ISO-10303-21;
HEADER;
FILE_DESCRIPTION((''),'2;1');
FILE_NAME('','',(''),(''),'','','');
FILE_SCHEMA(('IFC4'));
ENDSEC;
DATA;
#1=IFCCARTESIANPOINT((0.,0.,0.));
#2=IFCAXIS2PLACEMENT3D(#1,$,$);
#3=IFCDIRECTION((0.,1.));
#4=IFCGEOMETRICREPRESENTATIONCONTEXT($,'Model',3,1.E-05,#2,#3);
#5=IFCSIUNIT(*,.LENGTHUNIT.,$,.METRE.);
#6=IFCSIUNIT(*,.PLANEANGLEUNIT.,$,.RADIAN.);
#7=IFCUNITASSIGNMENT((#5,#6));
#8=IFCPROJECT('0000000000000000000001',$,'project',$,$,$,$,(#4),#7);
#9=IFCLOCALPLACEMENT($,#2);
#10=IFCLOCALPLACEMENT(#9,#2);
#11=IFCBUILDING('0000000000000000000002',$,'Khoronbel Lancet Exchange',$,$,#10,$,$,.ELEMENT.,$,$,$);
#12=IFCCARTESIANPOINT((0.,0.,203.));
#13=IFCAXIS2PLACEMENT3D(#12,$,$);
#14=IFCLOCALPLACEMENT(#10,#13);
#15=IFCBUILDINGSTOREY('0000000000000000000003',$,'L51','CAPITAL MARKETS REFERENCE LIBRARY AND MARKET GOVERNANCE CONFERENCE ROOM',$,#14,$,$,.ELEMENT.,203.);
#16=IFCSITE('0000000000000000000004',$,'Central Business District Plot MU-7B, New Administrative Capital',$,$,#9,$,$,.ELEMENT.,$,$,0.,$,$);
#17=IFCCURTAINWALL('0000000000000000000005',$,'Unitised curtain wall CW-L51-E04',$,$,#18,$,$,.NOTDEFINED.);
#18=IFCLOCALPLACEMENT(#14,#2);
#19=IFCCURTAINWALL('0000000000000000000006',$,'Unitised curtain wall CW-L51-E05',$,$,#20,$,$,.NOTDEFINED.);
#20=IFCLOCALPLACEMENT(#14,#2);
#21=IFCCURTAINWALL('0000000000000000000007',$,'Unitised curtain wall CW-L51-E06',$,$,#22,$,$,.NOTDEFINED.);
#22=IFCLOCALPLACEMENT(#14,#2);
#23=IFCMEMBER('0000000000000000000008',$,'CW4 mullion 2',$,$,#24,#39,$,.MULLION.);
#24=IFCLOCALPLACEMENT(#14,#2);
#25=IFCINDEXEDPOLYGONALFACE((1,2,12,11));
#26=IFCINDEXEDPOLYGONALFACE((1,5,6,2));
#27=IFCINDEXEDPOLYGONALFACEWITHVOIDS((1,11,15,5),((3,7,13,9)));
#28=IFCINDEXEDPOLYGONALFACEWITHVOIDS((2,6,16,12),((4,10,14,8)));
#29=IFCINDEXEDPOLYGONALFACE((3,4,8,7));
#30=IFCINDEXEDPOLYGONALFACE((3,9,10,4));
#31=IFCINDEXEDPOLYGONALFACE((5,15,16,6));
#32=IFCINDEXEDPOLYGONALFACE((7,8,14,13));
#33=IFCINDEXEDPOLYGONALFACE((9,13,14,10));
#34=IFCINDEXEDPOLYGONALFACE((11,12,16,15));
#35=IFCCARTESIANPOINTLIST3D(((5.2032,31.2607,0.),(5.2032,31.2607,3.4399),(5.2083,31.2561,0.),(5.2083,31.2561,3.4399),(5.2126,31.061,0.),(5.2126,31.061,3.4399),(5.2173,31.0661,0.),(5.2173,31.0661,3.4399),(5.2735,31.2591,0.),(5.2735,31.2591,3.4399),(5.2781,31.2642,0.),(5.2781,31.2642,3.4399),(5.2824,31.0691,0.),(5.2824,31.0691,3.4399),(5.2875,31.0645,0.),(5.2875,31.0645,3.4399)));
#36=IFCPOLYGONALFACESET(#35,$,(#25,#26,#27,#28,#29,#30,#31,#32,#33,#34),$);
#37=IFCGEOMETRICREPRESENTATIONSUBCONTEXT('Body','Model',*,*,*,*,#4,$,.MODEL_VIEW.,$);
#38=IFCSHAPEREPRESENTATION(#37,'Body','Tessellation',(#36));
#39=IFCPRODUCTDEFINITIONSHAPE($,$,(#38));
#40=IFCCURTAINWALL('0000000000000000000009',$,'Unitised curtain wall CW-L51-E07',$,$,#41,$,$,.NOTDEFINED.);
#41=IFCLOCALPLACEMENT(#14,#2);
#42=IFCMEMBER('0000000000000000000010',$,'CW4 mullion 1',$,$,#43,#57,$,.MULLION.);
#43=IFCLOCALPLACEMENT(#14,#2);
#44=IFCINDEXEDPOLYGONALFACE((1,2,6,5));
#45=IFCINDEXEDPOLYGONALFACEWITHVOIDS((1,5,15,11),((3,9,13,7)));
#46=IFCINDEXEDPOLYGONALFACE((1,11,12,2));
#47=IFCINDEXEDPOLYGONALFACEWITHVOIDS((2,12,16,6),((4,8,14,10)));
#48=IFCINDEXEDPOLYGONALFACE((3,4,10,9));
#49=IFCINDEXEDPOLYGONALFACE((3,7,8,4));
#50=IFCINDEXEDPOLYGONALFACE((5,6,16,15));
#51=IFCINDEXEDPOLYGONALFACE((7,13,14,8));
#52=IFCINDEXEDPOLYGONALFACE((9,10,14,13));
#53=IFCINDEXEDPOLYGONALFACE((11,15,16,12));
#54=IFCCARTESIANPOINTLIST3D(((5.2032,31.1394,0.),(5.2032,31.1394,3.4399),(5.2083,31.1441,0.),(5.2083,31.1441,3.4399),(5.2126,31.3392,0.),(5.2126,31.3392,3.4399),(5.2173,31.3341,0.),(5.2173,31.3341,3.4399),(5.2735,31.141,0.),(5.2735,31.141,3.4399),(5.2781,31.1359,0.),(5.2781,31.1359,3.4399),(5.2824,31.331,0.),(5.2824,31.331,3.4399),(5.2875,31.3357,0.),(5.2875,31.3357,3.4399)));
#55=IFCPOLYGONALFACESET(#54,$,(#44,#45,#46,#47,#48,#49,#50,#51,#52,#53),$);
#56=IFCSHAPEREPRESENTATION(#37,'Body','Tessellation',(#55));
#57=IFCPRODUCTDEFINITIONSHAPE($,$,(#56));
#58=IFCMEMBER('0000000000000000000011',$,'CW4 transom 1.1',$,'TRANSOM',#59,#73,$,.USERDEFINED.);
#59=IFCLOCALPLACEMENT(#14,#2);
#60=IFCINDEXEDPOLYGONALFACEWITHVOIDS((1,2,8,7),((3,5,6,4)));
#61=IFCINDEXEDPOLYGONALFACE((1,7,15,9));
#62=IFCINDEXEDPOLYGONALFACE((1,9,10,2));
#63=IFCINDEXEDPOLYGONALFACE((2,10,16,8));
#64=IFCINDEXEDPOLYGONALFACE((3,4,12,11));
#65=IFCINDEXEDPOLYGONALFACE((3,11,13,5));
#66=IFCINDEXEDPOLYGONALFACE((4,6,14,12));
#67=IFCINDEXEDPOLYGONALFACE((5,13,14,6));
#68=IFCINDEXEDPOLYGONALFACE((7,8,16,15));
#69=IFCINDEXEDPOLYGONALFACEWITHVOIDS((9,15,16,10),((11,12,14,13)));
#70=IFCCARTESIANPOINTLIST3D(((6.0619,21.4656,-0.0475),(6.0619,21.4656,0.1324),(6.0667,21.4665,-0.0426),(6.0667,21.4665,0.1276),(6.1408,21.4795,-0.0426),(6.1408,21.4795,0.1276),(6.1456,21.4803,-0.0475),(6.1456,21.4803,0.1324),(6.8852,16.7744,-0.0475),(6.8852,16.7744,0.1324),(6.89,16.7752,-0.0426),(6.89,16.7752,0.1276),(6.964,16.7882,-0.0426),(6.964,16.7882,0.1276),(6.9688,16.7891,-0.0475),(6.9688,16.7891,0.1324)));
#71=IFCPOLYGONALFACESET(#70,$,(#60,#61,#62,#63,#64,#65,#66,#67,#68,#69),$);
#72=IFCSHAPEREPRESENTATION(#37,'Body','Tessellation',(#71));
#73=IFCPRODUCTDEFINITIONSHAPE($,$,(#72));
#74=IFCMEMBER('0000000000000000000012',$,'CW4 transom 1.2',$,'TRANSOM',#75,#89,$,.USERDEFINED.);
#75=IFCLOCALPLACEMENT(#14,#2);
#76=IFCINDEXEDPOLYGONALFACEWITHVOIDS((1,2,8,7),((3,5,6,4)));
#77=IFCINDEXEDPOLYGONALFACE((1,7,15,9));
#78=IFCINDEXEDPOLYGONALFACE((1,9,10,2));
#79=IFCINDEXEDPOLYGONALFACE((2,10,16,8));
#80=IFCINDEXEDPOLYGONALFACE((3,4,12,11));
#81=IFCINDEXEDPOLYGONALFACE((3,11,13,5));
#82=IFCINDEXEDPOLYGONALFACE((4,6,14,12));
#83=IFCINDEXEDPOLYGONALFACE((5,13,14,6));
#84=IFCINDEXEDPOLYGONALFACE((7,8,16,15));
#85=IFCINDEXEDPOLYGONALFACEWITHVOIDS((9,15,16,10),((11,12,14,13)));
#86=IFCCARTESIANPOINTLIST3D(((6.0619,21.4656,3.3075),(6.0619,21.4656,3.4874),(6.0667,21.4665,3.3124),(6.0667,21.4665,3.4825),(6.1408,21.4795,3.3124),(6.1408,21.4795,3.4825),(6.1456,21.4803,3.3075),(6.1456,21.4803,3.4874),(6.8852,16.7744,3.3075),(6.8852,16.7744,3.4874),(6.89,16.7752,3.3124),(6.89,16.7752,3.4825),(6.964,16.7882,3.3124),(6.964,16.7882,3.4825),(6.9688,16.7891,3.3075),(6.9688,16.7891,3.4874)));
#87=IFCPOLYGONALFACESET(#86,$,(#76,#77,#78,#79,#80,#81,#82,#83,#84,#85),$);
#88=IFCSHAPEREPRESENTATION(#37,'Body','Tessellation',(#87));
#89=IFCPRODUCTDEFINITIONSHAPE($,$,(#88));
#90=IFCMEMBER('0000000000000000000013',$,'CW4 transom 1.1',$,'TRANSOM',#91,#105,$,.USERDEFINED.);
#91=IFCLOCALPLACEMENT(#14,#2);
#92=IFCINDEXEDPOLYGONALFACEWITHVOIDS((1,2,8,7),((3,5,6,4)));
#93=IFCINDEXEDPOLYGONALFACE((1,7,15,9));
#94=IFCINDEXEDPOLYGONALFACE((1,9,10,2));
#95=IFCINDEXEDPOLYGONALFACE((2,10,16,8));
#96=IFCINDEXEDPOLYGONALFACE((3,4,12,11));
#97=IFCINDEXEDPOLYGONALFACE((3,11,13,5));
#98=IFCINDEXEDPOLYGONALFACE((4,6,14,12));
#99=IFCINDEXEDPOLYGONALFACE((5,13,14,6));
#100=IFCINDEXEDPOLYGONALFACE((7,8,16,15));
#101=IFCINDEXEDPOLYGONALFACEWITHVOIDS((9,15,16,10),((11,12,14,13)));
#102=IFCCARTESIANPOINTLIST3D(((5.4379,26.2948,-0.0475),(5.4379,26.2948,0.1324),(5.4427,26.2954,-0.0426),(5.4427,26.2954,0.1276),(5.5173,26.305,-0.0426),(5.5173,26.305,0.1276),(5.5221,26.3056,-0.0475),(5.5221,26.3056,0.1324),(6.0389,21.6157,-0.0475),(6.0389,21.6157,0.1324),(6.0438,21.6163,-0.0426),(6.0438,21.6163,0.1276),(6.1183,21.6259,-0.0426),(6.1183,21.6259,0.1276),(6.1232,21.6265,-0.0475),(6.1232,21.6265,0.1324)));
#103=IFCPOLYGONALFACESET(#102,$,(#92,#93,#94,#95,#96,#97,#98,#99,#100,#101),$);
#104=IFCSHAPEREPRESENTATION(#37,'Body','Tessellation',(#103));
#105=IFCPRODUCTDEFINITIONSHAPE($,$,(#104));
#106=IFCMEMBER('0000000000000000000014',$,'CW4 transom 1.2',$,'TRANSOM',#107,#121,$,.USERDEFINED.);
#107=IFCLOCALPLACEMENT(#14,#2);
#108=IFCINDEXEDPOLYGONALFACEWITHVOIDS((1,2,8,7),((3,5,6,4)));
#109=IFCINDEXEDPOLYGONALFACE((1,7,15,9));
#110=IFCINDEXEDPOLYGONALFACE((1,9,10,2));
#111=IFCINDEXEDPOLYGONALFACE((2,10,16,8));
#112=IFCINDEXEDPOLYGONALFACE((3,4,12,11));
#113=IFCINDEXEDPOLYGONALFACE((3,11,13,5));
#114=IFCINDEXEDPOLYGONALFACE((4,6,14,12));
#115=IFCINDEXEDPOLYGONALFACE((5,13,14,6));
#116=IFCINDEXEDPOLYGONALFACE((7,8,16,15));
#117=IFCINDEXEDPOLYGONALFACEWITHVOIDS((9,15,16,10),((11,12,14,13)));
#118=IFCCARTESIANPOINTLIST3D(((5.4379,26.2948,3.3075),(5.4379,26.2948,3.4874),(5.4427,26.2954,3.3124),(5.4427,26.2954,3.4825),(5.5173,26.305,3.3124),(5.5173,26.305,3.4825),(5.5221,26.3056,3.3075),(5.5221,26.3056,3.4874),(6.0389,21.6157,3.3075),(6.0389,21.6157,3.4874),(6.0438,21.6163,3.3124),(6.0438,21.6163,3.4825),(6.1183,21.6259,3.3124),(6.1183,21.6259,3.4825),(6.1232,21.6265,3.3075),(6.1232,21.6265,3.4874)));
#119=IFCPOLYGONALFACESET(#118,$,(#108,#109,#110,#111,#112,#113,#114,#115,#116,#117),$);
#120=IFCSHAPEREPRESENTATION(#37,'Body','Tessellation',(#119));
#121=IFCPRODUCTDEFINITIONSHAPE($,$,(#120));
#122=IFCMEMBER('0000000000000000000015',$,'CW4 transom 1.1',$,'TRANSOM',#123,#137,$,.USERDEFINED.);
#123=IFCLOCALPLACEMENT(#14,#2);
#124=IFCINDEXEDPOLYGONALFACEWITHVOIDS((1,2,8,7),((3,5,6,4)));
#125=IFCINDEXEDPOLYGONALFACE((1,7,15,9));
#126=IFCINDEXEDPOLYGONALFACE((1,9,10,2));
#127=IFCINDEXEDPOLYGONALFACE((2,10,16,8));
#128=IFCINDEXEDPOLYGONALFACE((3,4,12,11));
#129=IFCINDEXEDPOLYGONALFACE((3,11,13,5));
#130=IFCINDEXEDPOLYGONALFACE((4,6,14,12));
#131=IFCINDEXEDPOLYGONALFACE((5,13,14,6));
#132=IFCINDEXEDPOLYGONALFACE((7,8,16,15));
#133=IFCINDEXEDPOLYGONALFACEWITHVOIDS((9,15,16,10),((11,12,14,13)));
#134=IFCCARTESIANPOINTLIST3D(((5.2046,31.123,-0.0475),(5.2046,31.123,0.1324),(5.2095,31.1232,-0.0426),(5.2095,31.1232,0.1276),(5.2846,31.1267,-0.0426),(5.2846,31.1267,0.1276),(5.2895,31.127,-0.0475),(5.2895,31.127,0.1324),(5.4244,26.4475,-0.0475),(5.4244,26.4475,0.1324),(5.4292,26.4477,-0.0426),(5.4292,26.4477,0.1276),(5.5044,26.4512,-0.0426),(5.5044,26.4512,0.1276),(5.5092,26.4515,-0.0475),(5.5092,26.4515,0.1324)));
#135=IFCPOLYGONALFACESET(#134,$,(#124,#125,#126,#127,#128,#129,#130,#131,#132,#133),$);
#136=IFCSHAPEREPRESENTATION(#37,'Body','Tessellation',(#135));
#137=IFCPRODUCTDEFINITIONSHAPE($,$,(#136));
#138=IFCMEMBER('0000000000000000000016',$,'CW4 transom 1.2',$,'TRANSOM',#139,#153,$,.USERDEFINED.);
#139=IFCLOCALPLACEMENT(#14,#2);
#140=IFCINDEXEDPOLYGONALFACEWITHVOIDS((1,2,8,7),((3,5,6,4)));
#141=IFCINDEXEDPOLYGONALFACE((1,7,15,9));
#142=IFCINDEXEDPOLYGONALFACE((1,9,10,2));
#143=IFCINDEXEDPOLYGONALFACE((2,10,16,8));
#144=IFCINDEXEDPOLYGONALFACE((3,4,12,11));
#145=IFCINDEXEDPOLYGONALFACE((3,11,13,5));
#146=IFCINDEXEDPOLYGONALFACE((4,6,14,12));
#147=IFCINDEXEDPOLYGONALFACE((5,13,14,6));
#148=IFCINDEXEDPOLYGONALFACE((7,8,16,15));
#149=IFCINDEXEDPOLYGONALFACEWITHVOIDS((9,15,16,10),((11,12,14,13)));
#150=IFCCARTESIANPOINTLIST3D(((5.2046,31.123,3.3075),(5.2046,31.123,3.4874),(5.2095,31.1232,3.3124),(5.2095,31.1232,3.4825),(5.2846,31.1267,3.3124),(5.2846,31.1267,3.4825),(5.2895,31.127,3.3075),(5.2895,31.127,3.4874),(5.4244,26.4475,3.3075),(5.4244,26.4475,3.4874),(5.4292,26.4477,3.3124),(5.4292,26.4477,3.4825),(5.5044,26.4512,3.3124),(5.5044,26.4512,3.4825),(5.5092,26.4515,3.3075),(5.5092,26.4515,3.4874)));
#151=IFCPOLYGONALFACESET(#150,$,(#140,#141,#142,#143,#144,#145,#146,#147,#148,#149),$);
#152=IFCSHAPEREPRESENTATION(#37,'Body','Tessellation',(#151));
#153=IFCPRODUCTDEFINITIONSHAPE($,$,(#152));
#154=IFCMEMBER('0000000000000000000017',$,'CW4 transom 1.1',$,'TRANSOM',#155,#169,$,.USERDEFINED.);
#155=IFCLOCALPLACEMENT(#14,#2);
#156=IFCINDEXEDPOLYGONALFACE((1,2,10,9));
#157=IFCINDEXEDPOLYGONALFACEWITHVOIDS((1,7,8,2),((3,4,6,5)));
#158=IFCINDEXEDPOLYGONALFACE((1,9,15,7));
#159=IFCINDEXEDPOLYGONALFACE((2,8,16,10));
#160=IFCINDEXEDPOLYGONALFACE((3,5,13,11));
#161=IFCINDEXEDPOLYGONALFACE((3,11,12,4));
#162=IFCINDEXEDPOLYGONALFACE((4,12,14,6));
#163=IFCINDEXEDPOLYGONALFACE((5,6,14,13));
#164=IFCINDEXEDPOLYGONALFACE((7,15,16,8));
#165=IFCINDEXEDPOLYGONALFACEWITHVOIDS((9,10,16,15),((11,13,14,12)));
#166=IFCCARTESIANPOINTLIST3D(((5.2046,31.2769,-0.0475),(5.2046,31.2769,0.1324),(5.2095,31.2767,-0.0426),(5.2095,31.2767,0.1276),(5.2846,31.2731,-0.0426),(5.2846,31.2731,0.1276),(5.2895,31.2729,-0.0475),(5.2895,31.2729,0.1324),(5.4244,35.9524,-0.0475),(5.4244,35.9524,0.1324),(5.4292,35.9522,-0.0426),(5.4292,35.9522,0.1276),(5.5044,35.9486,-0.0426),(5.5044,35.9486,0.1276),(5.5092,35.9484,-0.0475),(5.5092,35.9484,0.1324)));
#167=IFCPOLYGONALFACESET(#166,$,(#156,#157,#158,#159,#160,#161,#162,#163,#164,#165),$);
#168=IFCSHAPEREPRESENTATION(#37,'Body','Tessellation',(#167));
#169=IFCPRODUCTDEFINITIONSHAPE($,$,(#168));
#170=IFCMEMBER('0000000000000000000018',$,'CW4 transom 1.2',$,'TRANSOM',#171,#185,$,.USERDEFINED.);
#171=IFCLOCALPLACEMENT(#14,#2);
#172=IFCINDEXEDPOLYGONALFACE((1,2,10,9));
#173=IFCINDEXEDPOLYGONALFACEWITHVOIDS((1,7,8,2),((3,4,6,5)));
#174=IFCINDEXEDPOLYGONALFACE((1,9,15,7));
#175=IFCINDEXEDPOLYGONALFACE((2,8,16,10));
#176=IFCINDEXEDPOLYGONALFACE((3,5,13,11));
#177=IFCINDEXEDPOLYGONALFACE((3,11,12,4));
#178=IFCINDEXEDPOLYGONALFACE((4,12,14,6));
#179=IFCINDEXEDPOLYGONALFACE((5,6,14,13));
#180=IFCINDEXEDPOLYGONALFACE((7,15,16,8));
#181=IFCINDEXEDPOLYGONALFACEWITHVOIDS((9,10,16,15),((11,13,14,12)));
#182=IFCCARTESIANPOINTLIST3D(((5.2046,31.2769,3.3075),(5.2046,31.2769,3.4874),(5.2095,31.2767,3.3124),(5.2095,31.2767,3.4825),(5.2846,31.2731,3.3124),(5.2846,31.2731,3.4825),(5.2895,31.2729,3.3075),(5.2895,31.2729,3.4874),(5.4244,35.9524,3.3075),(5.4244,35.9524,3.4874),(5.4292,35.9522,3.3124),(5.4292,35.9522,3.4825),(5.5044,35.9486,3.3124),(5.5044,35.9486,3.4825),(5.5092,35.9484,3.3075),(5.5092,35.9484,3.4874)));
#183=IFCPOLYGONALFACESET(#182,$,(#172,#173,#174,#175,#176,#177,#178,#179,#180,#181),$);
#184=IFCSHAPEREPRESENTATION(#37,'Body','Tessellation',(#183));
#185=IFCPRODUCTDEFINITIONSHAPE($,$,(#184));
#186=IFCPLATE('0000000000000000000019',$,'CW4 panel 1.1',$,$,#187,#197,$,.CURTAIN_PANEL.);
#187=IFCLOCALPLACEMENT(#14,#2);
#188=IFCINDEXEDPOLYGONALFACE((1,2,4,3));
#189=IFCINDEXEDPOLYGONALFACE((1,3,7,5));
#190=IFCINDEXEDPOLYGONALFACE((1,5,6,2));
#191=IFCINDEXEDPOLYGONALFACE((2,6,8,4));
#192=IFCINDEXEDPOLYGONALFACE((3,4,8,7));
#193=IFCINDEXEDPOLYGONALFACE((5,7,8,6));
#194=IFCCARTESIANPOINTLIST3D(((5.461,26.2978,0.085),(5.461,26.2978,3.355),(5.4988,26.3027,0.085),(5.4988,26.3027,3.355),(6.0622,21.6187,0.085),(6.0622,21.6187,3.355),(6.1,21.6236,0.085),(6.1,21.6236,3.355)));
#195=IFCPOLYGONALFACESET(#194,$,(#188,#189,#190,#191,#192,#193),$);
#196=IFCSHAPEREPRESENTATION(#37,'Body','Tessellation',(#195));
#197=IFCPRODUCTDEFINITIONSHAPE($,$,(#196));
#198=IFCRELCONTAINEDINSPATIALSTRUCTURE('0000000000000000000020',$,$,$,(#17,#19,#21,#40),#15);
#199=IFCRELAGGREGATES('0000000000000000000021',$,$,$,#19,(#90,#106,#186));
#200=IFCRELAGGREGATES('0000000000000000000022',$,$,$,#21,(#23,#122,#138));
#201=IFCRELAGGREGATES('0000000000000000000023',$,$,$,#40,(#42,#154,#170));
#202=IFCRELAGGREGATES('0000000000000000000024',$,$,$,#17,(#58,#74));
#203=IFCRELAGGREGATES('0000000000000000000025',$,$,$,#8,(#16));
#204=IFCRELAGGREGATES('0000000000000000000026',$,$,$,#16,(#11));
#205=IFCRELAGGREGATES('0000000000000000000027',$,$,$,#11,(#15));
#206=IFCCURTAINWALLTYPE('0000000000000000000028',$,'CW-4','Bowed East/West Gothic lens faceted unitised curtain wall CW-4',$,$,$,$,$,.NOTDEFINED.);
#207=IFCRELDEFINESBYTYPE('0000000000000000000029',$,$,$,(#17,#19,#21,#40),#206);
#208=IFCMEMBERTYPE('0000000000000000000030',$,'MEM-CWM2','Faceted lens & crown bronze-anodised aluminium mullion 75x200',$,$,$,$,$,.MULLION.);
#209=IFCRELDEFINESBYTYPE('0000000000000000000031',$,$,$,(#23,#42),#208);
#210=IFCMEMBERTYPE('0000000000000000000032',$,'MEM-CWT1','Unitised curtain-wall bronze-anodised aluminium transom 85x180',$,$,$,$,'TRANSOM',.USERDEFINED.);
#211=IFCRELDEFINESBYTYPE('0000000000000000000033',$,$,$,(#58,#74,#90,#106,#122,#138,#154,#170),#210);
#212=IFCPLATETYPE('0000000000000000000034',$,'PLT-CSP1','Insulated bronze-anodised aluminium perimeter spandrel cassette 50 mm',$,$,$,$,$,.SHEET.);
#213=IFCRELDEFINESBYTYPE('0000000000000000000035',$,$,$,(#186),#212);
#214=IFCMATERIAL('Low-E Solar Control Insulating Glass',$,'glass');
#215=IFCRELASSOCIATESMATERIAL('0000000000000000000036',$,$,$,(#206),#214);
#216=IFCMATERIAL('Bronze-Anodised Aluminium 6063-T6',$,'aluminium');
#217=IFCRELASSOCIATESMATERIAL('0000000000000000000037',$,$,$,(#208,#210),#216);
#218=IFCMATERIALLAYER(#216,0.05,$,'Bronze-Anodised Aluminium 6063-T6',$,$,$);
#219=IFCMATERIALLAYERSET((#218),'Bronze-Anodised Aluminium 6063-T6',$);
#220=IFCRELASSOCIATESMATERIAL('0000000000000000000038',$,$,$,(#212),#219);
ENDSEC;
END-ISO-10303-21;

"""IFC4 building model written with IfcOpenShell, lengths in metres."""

from ifc_helpers import new_model, si_unit, direction, frame, origin, origin_2d, place, context, subcontext, project, spatial, rectangle, hollow_rectangle, extrude, material, layer, layer_set, material_profile, profile_set, type_object, element, aggregate, save


model = new_model("IFC4")

# Units and contexts
model_context = context("Model", 3, precision=1e-05, world=origin(), true_north=direction((0.0, 1.0)))
body_context = subcontext(model_context, "Body", "Model", "MODEL_VIEW")
ifc_project = project(units=[si_unit("LENGTHUNIT", "METRE"), si_unit("PLANEANGLEUNIT", "RADIAN")], contexts=[model_context])

# Site, building, storey
site_placement = place(None, origin())
site = spatial("IfcSite", under=ifc_project, at=site_placement, Name="Central Business District Plot MU-7B, New Administrative Capital", CompositionType="ELEMENT", RefElevation=0.0)
building_placement = place(site_placement, origin())
building = spatial("IfcBuilding", under=site, at=building_placement, Name="Khoronbel Lancet Exchange", CompositionType="ELEMENT")
storey_placement = place(building_placement, frame((0.0, 0.0, 203.0)))
storey = spatial("IfcBuildingStorey", under=building, at=storey_placement, Name="L51", Description="CAPITAL MARKETS REFERENCE LIBRARY AND MARKET GOVERNANCE CONFERENCE ROOM", CompositionType="ELEMENT", Elevation=203.0)

# Curtain walls, member
ifc_material_1 = material(Name="Low-E Solar Control Insulating Glass", Category="glass")
curtain_wall_type = type_object("IfcCurtainWallType", Name="CW-4", Description="Bowed East/West Gothic lens faceted unitised curtain wall CW-4", PredefinedType="NOTDEFINED", material=ifc_material_1)
curtain_wall_1_placement = place(storey_placement, origin())
curtain_wall_1 = element("IfcCurtainWall", 1, at=curtain_wall_1_placement, inside=storey, type_object=curtain_wall_type, Name="Unitised curtain wall CW-L51-E04", PredefinedType="NOTDEFINED")
ifc_material_2 = material(Name="Bronze-Anodised Aluminium 6063-T6", Category="aluminium")
ifc_material_profile_1 = material_profile(ifc_material_2, hollow_rectangle(XDim=0.075, YDim=0.2, WallThickness=0.0049, at=origin_2d()), Name="ALU MULLION 75x200")
ifc_profile_set_1 = profile_set([ifc_material_profile_1], Name="Bronze-Anodised Aluminium 6063-T6")
member_type_1 = type_object("IfcMemberType", Name="MEM-CWM2", Description="Faceted lens & crown bronze-anodised aluminium mullion 75x200", PredefinedType="MULLION", material=ifc_profile_set_1)
curtain_wall_2_placement = place(storey_placement, origin())
curtain_wall_2 = element("IfcCurtainWall", 2, at=curtain_wall_2_placement, inside=storey, type_object=curtain_wall_type, Name="Unitised curtain wall CW-L51-E05", PredefinedType="NOTDEFINED")
curtain_wall_3_placement = place(storey_placement, origin())
curtain_wall_3 = element("IfcCurtainWall", 3, at=curtain_wall_3_placement, inside=storey, type_object=curtain_wall_type, Name="Unitised curtain wall CW-L51-E06", PredefinedType="NOTDEFINED")
member_1_placement = place(storey_placement, frame((5.2454, 31.1626, 0.0), z_axis=(0.0, 0.0, 1.0), x_axis=(-0.998896, -0.04697, 0.0)))
member_1 = element("IfcMember", 4, at=member_1_placement, type_object=member_type_1, Name="CW4 mullion 2", PredefinedType="MULLION", context=body_context, shape_type="SweptSolid", body=[
    extrude(hollow_rectangle(XDim=0.075, YDim=0.2, WallThickness=0.0049, at=origin_2d()), origin(), (0.0, 0.0, 1.0), 3.4399),
])

# Curtain wall, member
curtain_wall_4_placement = place(storey_placement, origin())
curtain_wall_4 = element("IfcCurtainWall", 5, at=curtain_wall_4_placement, inside=storey, type_object=curtain_wall_type, Name="Unitised curtain wall CW-L51-E07", PredefinedType="NOTDEFINED")
member_2_placement = place(storey_placement, frame((5.2454, 31.2375, 0.0), z_axis=(0.0, 0.0, 1.0), x_axis=(-0.998896, 0.04697, 0.0)))
member_2 = element("IfcMember", 6, at=member_2_placement, type_object=member_type_1, Name="CW4 mullion 1", PredefinedType="MULLION", context=body_context, shape_type="SweptSolid", body=[
    extrude(hollow_rectangle(XDim=0.075, YDim=0.2, WallThickness=0.0049, at=origin_2d()), origin(), (0.0, 0.0, 1.0), 3.4399),
])

# Members
ifc_material_profile_2 = material_profile(ifc_material_2, hollow_rectangle(XDim=0.085, YDim=0.1799, WallThickness=0.0049, at=origin_2d()), Name="ALU TRANSOM 85x180")
ifc_profile_set_2 = profile_set([ifc_material_profile_2], Name="Bronze-Anodised Aluminium 6063-T6")
member_type_2 = type_object("IfcMemberType", Name="MEM-CWT1", Description="Unitised curtain-wall bronze-anodised aluminium transom 85x180", ElementType="TRANSOM", PredefinedType="USERDEFINED", material=ifc_profile_set_2)
member_3_placement = place(storey_placement, frame((6.927, 16.7817, 0.0425), z_axis=(-0.172847, 0.984949, 0.0), x_axis=(-0.984949, -0.172847, 0.0)))
member_3 = element("IfcMember", 7, at=member_3_placement, type_object=member_type_2, Name="CW4 transom 1.1", ObjectType="TRANSOM", PredefinedType="USERDEFINED", context=body_context, shape_type="SweptSolid", body=[
    extrude(hollow_rectangle(XDim=0.085, YDim=0.1799, WallThickness=0.0049, at=origin_2d()), origin(), (0.0, 0.0, 1.0), 4.7629),
])
member_4_placement = place(storey_placement, frame((6.927, 16.7817, 3.3975), z_axis=(-0.172847, 0.984949, 0.0), x_axis=(-0.984949, -0.172847, 0.0)))
member_4 = element("IfcMember", 8, at=member_4_placement, type_object=member_type_2, Name="CW4 transom 1.2", ObjectType="TRANSOM", PredefinedType="USERDEFINED", context=body_context, shape_type="SweptSolid", body=[
    extrude(hollow_rectangle(XDim=0.085, YDim=0.1799, WallThickness=0.0049, at=origin_2d()), origin(), (0.0, 0.0, 1.0), 4.7629),
])
member_5_placement = place(storey_placement, frame((6.0811, 21.6211, 0.0425), z_axis=(-0.12741, 0.99185, 0.0), x_axis=(-0.99185, -0.12741, 0.0)))
member_5 = element("IfcMember", 9, at=member_5_placement, type_object=member_type_2, Name="CW4 transom 1.1", ObjectType="TRANSOM", PredefinedType="USERDEFINED", context=body_context, shape_type="SweptSolid", body=[
    extrude(hollow_rectangle(XDim=0.085, YDim=0.1799, WallThickness=0.0049, at=origin_2d()), origin(), (0.0, 0.0, 1.0), 4.7175),
])
member_6_placement = place(storey_placement, frame((6.0811, 21.6211, 3.3975), z_axis=(-0.12741, 0.99185, 0.0), x_axis=(-0.99185, -0.12741, 0.0)))
member_6 = element("IfcMember", 10, at=member_6_placement, type_object=member_type_2, Name="CW4 transom 1.2", ObjectType="TRANSOM", PredefinedType="USERDEFINED", context=body_context, shape_type="SweptSolid", body=[
    extrude(hollow_rectangle(XDim=0.085, YDim=0.1799, WallThickness=0.0049, at=origin_2d()), origin(), (0.0, 0.0, 1.0), 4.7175),
])
member_7_placement = place(storey_placement, frame((5.4668, 26.4495, 0.0425), z_axis=(-0.046943, 0.998898, 0.0), x_axis=(-0.998898, -0.046943, 0.0)))
member_7 = element("IfcMember", 11, at=member_7_placement, type_object=member_type_2, Name="CW4 transom 1.1", ObjectType="TRANSOM", PredefinedType="USERDEFINED", context=body_context, shape_type="SweptSolid", body=[
    extrude(hollow_rectangle(XDim=0.085, YDim=0.1799, WallThickness=0.0049, at=origin_2d()), origin(), (0.0, 0.0, 1.0), 4.6807),
])
member_8_placement = place(storey_placement, frame((5.4668, 26.4495, 3.3975), z_axis=(-0.046943, 0.998898, 0.0), x_axis=(-0.998898, -0.046943, 0.0)))
member_8 = element("IfcMember", 12, at=member_8_placement, type_object=member_type_2, Name="CW4 transom 1.2", ObjectType="TRANSOM", PredefinedType="USERDEFINED", context=body_context, shape_type="SweptSolid", body=[
    extrude(hollow_rectangle(XDim=0.085, YDim=0.1799, WallThickness=0.0049, at=origin_2d()), origin(), (0.0, 0.0, 1.0), 4.6807),
])
member_9_placement = place(storey_placement, frame((5.2471, 31.2749, 0.0425), z_axis=(0.046943, 0.998898, 0.0), x_axis=(-0.998898, 0.046943, 0.0)))
member_9 = element("IfcMember", 13, at=member_9_placement, type_object=member_type_2, Name="CW4 transom 1.1", ObjectType="TRANSOM", PredefinedType="USERDEFINED", context=body_context, shape_type="SweptSolid", body=[
    extrude(hollow_rectangle(XDim=0.085, YDim=0.1799, WallThickness=0.0049, at=origin_2d()), origin(), (0.0, 0.0, 1.0), 4.6807),
])
member_10_placement = place(storey_placement, frame((5.2471, 31.2749, 3.3975), z_axis=(0.046943, 0.998898, 0.0), x_axis=(-0.998898, 0.046943, 0.0)))
member_10 = element("IfcMember", 14, at=member_10_placement, type_object=member_type_2, Name="CW4 transom 1.2", ObjectType="TRANSOM", PredefinedType="USERDEFINED", context=body_context, shape_type="SweptSolid", body=[
    extrude(hollow_rectangle(XDim=0.085, YDim=0.1799, WallThickness=0.0049, at=origin_2d()), origin(), (0.0, 0.0, 1.0), 4.6807),
])

# Plate
ifc_layer_1 = layer(ifc_material_2, 0.05, Name="Bronze-Anodised Aluminium 6063-T6")
ifc_layer_set_1 = layer_set([ifc_layer_1], Name="Bronze-Anodised Aluminium 6063-T6")
plate_type_1 = type_object("IfcPlateType", Name="PLT-CSP1", Description="Insulated bronze-anodised aluminium perimeter spandrel cassette 50 mm", PredefinedType="SHEET", material=ifc_layer_set_1)
plate_1_placement = place(storey_placement, frame((5.7805, 23.9607, 0.085), z_axis=(0.0, 0.0, 1.0), x_axis=(-0.127437, 0.991847, 0.0)))
plate_1 = element("IfcPlate", 15, at=plate_1_placement, type_object=plate_type_1, Name="CW4 panel 1.1", PredefinedType="CURTAIN_PANEL", context=body_context, shape_type="SweptSolid", body=[
    extrude(rectangle(XDim=4.7175, YDim=0.0381, at=origin_2d()), origin(), (0.0, 0.0, 1.0), 3.27),
])
aggregate(curtain_wall_2, [member_5, member_6, plate_1])
aggregate(curtain_wall_3, [member_1, member_7, member_8])
aggregate(curtain_wall_4, [member_2, member_9, member_10])
aggregate(curtain_wall_1, [member_3, member_4])

save(model, "model.ifc")
